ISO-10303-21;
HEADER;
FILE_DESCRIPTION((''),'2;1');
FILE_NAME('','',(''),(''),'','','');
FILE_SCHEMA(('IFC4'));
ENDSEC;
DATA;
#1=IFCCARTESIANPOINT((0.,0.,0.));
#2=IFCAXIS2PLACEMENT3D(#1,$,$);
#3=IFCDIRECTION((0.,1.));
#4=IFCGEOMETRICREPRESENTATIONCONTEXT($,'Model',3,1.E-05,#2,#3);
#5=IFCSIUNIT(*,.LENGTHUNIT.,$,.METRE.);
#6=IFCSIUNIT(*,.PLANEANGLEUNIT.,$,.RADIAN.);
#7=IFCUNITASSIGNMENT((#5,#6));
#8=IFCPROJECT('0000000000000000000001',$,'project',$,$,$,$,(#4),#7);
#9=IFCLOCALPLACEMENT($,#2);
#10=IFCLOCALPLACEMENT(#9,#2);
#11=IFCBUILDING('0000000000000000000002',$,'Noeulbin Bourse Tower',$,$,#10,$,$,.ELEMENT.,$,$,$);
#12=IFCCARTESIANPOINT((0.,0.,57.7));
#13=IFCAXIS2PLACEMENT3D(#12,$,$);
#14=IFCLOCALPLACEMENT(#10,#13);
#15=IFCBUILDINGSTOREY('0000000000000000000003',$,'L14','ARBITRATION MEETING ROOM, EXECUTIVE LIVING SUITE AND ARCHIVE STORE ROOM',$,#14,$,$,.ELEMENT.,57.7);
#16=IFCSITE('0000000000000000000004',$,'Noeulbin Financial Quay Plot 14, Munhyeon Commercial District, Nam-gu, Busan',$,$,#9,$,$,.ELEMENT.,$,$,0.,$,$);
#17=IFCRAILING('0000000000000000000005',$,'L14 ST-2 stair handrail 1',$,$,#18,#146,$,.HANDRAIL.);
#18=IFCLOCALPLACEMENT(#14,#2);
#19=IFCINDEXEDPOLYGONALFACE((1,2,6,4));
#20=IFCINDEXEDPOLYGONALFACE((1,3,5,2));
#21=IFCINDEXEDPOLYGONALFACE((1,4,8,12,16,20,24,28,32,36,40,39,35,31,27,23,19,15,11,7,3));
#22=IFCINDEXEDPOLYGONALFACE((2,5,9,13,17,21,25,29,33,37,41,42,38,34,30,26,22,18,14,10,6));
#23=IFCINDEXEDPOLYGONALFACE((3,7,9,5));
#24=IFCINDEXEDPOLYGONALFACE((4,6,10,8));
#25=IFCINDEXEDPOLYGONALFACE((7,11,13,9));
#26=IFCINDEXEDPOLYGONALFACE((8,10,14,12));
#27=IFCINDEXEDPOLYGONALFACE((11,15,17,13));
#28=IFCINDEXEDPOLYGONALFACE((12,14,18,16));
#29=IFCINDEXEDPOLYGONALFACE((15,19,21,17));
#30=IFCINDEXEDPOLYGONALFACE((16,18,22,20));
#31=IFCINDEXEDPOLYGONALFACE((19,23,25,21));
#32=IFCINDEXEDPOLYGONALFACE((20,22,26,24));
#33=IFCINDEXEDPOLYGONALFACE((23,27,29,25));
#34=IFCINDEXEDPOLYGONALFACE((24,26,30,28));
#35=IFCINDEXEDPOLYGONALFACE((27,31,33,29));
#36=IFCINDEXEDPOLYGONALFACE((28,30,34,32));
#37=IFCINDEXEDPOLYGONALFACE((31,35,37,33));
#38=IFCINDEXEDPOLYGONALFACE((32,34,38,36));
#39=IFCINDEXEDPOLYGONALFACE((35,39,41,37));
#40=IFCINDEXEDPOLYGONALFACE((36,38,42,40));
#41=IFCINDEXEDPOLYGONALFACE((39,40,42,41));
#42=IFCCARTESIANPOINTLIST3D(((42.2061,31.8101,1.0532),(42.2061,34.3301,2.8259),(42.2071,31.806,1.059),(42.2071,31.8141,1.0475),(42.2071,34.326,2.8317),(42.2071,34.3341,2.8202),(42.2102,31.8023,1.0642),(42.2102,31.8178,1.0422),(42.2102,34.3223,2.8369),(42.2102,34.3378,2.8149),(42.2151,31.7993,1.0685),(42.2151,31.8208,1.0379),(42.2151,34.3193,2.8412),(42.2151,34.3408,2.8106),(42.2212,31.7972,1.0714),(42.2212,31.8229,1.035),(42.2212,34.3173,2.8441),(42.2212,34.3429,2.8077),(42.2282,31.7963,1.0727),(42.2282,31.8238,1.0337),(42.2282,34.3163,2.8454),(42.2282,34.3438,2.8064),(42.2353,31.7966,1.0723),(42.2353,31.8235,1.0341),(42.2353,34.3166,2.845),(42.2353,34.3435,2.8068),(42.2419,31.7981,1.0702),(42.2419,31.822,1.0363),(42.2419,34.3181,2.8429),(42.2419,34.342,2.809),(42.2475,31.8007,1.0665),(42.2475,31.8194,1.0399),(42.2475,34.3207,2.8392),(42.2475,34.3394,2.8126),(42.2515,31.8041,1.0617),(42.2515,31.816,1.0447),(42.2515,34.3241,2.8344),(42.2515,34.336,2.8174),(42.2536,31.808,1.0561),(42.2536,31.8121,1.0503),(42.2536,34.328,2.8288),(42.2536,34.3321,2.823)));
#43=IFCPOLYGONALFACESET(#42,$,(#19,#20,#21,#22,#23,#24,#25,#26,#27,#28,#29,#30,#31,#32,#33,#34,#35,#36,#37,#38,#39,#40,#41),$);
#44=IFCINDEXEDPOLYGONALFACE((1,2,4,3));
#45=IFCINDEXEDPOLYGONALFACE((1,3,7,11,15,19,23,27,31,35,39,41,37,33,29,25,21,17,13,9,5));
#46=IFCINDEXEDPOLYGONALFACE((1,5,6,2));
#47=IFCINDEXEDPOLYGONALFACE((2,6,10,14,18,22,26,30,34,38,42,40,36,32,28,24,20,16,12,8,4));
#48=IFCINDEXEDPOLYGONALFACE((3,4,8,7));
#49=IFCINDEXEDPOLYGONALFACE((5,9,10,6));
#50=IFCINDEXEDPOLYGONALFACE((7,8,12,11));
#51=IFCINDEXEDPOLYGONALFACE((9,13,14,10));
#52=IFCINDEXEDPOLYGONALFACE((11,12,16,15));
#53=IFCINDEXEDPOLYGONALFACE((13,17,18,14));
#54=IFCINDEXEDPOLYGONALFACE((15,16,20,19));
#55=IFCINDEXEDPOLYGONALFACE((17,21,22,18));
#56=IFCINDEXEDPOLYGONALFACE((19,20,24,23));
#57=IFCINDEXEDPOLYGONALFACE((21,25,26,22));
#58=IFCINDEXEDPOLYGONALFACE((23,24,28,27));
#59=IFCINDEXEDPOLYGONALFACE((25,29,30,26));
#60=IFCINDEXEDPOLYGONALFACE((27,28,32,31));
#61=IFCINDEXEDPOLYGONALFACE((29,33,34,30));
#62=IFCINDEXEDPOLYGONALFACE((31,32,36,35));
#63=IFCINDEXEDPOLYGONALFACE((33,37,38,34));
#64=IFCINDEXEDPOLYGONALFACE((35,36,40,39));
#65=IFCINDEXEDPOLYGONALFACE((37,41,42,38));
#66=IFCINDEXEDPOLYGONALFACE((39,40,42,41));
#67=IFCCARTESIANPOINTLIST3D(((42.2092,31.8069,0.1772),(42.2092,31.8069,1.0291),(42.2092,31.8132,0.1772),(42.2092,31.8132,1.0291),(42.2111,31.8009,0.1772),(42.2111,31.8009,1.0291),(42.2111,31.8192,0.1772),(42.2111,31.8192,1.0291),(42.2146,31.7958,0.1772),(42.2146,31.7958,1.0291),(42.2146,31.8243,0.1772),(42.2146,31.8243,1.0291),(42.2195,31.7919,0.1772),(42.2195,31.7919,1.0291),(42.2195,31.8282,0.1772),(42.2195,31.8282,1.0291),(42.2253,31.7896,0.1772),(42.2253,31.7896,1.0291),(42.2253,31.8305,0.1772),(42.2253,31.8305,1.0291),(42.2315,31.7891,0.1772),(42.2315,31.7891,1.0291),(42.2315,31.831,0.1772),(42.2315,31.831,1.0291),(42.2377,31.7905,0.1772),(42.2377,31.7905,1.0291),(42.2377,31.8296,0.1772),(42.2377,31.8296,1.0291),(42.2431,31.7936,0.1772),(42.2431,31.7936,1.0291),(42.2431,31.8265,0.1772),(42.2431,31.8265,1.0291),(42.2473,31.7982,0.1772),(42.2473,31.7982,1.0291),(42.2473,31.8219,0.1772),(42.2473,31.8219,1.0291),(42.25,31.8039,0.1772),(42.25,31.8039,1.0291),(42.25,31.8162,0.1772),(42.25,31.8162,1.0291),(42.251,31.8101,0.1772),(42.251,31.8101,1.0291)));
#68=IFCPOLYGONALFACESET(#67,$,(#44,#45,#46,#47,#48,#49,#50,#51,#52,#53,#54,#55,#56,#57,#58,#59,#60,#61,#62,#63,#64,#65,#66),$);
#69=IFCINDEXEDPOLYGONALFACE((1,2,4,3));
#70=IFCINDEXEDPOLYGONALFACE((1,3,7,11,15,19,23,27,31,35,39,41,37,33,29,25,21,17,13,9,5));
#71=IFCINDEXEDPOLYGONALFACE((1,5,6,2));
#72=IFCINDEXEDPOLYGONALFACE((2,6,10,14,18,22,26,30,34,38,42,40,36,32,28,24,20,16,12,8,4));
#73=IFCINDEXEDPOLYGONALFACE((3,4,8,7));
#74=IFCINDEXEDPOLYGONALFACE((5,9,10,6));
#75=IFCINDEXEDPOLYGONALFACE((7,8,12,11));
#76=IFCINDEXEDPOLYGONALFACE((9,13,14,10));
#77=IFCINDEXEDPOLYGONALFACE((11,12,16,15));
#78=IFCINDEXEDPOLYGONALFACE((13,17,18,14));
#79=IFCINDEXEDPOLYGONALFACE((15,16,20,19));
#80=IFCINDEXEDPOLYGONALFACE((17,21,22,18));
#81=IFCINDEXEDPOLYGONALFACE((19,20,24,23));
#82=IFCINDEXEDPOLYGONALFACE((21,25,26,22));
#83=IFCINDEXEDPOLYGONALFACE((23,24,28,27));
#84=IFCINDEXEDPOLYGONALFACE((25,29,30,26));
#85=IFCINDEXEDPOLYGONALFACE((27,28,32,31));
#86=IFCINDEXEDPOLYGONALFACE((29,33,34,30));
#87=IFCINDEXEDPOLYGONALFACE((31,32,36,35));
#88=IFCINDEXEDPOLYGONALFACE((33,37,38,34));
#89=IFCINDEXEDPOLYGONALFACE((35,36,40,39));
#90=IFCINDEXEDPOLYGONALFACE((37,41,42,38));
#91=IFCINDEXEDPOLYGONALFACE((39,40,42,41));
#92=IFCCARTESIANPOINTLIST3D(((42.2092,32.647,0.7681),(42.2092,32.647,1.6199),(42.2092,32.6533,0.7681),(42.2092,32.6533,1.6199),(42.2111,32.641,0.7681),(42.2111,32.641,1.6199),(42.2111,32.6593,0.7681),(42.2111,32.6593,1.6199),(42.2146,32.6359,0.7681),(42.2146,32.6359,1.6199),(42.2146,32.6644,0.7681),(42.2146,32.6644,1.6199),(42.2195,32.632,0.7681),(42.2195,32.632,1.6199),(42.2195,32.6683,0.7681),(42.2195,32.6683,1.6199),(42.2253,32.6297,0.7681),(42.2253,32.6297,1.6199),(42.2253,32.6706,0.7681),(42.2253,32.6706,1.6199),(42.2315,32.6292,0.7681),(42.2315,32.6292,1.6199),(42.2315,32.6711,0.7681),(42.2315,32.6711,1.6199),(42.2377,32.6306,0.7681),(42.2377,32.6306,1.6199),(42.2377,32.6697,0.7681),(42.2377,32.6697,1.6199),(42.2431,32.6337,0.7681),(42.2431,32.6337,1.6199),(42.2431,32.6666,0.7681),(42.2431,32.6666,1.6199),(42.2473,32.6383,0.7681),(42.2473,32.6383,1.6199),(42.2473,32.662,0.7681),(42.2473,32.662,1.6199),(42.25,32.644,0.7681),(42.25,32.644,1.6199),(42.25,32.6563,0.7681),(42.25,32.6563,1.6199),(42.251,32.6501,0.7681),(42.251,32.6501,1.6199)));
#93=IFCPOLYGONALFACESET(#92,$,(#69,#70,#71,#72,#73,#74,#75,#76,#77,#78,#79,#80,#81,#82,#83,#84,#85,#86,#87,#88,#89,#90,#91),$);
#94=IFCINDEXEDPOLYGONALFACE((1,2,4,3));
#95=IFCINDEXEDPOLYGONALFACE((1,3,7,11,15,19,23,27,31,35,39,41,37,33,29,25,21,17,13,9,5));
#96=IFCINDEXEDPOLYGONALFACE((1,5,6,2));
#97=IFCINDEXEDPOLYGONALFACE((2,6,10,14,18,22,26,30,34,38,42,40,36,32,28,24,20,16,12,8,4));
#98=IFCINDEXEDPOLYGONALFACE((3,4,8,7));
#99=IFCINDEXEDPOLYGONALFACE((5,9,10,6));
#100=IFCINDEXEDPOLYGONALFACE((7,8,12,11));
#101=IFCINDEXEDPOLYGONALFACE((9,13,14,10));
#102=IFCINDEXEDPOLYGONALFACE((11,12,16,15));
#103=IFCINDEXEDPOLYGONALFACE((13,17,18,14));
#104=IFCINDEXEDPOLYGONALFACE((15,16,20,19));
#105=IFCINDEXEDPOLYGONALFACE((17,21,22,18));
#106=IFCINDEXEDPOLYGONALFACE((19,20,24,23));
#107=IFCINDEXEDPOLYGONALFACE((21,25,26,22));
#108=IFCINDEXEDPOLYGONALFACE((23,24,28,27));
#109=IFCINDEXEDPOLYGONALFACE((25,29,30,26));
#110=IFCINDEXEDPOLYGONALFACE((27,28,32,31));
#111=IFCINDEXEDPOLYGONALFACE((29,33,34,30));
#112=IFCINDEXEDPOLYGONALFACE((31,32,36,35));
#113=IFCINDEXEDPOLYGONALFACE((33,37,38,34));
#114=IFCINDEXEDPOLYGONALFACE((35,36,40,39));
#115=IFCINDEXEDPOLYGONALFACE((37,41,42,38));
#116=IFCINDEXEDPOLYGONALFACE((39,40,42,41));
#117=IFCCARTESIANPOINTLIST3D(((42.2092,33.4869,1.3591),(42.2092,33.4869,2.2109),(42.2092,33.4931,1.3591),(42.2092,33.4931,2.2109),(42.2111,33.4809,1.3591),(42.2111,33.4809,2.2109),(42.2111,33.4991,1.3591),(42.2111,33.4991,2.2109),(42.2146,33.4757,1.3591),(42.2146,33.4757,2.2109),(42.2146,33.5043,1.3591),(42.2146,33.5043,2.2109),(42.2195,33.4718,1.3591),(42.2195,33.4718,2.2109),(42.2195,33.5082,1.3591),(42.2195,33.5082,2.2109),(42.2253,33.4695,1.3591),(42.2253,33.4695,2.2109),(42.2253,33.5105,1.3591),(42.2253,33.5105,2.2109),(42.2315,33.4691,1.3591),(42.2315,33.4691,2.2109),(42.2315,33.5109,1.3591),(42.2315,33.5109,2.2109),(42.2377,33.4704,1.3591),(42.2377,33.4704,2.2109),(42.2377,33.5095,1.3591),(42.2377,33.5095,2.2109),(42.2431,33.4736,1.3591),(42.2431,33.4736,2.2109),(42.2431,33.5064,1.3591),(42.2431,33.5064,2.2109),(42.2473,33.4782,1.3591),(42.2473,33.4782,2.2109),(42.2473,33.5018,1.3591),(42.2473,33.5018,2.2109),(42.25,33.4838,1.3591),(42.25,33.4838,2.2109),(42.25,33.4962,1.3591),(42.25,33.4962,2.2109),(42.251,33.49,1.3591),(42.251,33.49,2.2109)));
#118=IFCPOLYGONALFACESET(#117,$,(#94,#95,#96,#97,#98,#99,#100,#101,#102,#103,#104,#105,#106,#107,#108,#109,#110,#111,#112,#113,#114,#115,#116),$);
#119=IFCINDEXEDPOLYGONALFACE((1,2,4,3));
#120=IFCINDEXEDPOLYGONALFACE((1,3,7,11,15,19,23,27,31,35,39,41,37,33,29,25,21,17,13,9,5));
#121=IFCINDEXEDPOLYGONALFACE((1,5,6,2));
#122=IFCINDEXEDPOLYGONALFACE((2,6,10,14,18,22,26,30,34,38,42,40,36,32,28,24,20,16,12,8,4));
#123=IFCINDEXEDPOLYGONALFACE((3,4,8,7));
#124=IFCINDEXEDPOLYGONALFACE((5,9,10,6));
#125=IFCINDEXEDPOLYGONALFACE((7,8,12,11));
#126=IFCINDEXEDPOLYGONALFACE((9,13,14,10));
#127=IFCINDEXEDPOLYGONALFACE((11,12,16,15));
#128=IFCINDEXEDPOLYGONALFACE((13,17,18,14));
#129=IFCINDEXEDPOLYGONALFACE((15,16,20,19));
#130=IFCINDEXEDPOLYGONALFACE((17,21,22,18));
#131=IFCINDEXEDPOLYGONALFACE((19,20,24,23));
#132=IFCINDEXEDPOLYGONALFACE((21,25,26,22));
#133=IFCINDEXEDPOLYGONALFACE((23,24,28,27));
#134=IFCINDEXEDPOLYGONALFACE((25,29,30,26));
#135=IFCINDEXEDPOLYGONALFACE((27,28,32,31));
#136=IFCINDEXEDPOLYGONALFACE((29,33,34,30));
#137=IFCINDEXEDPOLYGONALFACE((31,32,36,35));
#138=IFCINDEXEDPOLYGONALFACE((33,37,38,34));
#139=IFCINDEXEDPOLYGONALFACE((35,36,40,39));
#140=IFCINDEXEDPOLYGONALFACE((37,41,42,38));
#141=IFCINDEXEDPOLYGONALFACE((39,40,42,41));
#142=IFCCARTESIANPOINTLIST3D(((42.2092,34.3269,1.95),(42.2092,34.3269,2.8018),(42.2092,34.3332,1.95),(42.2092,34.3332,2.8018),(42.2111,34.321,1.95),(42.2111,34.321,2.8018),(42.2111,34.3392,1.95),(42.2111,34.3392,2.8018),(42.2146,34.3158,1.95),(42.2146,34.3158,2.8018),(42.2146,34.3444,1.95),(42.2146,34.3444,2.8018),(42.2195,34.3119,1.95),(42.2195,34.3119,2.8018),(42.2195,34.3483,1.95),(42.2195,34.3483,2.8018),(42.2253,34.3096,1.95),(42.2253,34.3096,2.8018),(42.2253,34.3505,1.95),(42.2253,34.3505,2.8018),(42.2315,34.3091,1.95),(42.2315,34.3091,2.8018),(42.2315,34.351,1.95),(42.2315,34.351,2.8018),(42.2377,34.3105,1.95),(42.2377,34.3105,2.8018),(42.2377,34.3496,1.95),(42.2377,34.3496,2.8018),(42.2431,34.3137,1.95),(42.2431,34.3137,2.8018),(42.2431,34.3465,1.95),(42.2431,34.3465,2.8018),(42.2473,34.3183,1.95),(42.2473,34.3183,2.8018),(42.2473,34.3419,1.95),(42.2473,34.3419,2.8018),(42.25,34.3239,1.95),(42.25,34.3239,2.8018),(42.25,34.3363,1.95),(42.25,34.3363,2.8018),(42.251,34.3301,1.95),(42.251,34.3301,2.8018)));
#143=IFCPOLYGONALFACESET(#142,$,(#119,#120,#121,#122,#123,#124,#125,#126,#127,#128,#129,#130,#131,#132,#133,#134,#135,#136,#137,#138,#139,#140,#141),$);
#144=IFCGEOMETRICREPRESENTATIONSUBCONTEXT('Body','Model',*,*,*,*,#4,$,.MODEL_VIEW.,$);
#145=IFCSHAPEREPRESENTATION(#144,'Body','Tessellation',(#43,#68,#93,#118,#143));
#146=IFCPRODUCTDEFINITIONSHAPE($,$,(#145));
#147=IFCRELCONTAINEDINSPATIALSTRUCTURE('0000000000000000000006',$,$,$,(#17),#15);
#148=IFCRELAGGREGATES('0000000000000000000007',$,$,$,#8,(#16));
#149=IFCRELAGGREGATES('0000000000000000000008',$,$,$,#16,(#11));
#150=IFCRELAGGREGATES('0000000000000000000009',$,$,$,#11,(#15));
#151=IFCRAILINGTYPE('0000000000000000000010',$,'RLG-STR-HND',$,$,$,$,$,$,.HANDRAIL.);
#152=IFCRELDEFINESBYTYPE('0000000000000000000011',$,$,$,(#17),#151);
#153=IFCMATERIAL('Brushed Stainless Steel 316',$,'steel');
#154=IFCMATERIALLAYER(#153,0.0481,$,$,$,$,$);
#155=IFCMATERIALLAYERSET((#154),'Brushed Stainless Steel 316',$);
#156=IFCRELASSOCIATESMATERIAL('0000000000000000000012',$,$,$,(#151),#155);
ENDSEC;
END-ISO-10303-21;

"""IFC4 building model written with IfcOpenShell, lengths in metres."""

from ifc_helpers import new_model, si_unit, direction, frame, origin, origin_2d, place, context, subcontext, project, spatial, circle, extrude, material, layer, layer_set, type_object, element, save


model = new_model("IFC4")

# Units and contexts
model_context = context("Model", 3, precision=1e-05, world=origin(), true_north=direction((0.0, 1.0)))
body_context = subcontext(model_context, "Body", "Model", "MODEL_VIEW")
ifc_project = project(units=[si_unit("LENGTHUNIT", "METRE"), si_unit("PLANEANGLEUNIT", "RADIAN")], contexts=[model_context])

# Site, building, storey
site_placement = place(None, origin())
site = spatial("IfcSite", under=ifc_project, at=site_placement, Name="Noeulbin Financial Quay Plot 14, Munhyeon Commercial District, Nam-gu, Busan", CompositionType="ELEMENT", RefElevation=0.0)
building_placement = place(site_placement, origin())
building = spatial("IfcBuilding", under=site, at=building_placement, Name="Noeulbin Bourse Tower", CompositionType="ELEMENT")
storey_placement = place(building_placement, frame((0.0, 0.0, 57.7)))
storey = spatial("IfcBuildingStorey", under=building, at=storey_placement, Name="L14", Description="ARBITRATION MEETING ROOM, EXECUTIVE LIVING SUITE AND ARCHIVE STORE ROOM", CompositionType="ELEMENT", Elevation=57.7)

# Railing
ifc_material_1 = material(Name="Brushed Stainless Steel 316", Category="steel")
ifc_layer_1 = layer(ifc_material_1, 0.0481)
ifc_layer_set_1 = layer_set([ifc_layer_1], Name="Brushed Stainless Steel 316")
railing_type_1 = type_object("IfcRailingType", Name="RLG-STR-HND", PredefinedType="HANDRAIL", material=ifc_layer_set_1)
railing_1_placement = place(storey_placement, frame((42.23, 31.8101, 0.1772)))
element("IfcRailing", 1, at=railing_1_placement, inside=storey, type_object=railing_type_1, Name="L14 ST-2 stair handrail 1", PredefinedType="HANDRAIL", context=body_context, shape_type="SweptSolid", body=[
    extrude(circle(Radius=0.0239, at=origin_2d()), frame((0.0, 0.0, 0.876), z_axis=(0.0, 0.817904, 0.575354), x_axis=(-1.0, 0.0, 0.0)), (0.0, 0.0, 1.0), 3.0811),
    extrude(circle(Radius=0.021, at=origin_2d()), origin(), (0.0, 0.0, 1.0), 0.8518),
    extrude(circle(Radius=0.021, at=origin_2d()), frame((0.0, 0.8401, 0.5908)), (0.0, 0.0, 1.0), 0.8518),
    extrude(circle(Radius=0.021, at=origin_2d()), frame((0.0, 1.6799, 1.1819)), (0.0, 0.0, 1.0), 0.8518),
    extrude(circle(Radius=0.021, at=origin_2d()), frame((0.0, 2.52, 1.7727)), (0.0, 0.0, 1.0), 0.8518),
])

save(model, "model.ifc")
